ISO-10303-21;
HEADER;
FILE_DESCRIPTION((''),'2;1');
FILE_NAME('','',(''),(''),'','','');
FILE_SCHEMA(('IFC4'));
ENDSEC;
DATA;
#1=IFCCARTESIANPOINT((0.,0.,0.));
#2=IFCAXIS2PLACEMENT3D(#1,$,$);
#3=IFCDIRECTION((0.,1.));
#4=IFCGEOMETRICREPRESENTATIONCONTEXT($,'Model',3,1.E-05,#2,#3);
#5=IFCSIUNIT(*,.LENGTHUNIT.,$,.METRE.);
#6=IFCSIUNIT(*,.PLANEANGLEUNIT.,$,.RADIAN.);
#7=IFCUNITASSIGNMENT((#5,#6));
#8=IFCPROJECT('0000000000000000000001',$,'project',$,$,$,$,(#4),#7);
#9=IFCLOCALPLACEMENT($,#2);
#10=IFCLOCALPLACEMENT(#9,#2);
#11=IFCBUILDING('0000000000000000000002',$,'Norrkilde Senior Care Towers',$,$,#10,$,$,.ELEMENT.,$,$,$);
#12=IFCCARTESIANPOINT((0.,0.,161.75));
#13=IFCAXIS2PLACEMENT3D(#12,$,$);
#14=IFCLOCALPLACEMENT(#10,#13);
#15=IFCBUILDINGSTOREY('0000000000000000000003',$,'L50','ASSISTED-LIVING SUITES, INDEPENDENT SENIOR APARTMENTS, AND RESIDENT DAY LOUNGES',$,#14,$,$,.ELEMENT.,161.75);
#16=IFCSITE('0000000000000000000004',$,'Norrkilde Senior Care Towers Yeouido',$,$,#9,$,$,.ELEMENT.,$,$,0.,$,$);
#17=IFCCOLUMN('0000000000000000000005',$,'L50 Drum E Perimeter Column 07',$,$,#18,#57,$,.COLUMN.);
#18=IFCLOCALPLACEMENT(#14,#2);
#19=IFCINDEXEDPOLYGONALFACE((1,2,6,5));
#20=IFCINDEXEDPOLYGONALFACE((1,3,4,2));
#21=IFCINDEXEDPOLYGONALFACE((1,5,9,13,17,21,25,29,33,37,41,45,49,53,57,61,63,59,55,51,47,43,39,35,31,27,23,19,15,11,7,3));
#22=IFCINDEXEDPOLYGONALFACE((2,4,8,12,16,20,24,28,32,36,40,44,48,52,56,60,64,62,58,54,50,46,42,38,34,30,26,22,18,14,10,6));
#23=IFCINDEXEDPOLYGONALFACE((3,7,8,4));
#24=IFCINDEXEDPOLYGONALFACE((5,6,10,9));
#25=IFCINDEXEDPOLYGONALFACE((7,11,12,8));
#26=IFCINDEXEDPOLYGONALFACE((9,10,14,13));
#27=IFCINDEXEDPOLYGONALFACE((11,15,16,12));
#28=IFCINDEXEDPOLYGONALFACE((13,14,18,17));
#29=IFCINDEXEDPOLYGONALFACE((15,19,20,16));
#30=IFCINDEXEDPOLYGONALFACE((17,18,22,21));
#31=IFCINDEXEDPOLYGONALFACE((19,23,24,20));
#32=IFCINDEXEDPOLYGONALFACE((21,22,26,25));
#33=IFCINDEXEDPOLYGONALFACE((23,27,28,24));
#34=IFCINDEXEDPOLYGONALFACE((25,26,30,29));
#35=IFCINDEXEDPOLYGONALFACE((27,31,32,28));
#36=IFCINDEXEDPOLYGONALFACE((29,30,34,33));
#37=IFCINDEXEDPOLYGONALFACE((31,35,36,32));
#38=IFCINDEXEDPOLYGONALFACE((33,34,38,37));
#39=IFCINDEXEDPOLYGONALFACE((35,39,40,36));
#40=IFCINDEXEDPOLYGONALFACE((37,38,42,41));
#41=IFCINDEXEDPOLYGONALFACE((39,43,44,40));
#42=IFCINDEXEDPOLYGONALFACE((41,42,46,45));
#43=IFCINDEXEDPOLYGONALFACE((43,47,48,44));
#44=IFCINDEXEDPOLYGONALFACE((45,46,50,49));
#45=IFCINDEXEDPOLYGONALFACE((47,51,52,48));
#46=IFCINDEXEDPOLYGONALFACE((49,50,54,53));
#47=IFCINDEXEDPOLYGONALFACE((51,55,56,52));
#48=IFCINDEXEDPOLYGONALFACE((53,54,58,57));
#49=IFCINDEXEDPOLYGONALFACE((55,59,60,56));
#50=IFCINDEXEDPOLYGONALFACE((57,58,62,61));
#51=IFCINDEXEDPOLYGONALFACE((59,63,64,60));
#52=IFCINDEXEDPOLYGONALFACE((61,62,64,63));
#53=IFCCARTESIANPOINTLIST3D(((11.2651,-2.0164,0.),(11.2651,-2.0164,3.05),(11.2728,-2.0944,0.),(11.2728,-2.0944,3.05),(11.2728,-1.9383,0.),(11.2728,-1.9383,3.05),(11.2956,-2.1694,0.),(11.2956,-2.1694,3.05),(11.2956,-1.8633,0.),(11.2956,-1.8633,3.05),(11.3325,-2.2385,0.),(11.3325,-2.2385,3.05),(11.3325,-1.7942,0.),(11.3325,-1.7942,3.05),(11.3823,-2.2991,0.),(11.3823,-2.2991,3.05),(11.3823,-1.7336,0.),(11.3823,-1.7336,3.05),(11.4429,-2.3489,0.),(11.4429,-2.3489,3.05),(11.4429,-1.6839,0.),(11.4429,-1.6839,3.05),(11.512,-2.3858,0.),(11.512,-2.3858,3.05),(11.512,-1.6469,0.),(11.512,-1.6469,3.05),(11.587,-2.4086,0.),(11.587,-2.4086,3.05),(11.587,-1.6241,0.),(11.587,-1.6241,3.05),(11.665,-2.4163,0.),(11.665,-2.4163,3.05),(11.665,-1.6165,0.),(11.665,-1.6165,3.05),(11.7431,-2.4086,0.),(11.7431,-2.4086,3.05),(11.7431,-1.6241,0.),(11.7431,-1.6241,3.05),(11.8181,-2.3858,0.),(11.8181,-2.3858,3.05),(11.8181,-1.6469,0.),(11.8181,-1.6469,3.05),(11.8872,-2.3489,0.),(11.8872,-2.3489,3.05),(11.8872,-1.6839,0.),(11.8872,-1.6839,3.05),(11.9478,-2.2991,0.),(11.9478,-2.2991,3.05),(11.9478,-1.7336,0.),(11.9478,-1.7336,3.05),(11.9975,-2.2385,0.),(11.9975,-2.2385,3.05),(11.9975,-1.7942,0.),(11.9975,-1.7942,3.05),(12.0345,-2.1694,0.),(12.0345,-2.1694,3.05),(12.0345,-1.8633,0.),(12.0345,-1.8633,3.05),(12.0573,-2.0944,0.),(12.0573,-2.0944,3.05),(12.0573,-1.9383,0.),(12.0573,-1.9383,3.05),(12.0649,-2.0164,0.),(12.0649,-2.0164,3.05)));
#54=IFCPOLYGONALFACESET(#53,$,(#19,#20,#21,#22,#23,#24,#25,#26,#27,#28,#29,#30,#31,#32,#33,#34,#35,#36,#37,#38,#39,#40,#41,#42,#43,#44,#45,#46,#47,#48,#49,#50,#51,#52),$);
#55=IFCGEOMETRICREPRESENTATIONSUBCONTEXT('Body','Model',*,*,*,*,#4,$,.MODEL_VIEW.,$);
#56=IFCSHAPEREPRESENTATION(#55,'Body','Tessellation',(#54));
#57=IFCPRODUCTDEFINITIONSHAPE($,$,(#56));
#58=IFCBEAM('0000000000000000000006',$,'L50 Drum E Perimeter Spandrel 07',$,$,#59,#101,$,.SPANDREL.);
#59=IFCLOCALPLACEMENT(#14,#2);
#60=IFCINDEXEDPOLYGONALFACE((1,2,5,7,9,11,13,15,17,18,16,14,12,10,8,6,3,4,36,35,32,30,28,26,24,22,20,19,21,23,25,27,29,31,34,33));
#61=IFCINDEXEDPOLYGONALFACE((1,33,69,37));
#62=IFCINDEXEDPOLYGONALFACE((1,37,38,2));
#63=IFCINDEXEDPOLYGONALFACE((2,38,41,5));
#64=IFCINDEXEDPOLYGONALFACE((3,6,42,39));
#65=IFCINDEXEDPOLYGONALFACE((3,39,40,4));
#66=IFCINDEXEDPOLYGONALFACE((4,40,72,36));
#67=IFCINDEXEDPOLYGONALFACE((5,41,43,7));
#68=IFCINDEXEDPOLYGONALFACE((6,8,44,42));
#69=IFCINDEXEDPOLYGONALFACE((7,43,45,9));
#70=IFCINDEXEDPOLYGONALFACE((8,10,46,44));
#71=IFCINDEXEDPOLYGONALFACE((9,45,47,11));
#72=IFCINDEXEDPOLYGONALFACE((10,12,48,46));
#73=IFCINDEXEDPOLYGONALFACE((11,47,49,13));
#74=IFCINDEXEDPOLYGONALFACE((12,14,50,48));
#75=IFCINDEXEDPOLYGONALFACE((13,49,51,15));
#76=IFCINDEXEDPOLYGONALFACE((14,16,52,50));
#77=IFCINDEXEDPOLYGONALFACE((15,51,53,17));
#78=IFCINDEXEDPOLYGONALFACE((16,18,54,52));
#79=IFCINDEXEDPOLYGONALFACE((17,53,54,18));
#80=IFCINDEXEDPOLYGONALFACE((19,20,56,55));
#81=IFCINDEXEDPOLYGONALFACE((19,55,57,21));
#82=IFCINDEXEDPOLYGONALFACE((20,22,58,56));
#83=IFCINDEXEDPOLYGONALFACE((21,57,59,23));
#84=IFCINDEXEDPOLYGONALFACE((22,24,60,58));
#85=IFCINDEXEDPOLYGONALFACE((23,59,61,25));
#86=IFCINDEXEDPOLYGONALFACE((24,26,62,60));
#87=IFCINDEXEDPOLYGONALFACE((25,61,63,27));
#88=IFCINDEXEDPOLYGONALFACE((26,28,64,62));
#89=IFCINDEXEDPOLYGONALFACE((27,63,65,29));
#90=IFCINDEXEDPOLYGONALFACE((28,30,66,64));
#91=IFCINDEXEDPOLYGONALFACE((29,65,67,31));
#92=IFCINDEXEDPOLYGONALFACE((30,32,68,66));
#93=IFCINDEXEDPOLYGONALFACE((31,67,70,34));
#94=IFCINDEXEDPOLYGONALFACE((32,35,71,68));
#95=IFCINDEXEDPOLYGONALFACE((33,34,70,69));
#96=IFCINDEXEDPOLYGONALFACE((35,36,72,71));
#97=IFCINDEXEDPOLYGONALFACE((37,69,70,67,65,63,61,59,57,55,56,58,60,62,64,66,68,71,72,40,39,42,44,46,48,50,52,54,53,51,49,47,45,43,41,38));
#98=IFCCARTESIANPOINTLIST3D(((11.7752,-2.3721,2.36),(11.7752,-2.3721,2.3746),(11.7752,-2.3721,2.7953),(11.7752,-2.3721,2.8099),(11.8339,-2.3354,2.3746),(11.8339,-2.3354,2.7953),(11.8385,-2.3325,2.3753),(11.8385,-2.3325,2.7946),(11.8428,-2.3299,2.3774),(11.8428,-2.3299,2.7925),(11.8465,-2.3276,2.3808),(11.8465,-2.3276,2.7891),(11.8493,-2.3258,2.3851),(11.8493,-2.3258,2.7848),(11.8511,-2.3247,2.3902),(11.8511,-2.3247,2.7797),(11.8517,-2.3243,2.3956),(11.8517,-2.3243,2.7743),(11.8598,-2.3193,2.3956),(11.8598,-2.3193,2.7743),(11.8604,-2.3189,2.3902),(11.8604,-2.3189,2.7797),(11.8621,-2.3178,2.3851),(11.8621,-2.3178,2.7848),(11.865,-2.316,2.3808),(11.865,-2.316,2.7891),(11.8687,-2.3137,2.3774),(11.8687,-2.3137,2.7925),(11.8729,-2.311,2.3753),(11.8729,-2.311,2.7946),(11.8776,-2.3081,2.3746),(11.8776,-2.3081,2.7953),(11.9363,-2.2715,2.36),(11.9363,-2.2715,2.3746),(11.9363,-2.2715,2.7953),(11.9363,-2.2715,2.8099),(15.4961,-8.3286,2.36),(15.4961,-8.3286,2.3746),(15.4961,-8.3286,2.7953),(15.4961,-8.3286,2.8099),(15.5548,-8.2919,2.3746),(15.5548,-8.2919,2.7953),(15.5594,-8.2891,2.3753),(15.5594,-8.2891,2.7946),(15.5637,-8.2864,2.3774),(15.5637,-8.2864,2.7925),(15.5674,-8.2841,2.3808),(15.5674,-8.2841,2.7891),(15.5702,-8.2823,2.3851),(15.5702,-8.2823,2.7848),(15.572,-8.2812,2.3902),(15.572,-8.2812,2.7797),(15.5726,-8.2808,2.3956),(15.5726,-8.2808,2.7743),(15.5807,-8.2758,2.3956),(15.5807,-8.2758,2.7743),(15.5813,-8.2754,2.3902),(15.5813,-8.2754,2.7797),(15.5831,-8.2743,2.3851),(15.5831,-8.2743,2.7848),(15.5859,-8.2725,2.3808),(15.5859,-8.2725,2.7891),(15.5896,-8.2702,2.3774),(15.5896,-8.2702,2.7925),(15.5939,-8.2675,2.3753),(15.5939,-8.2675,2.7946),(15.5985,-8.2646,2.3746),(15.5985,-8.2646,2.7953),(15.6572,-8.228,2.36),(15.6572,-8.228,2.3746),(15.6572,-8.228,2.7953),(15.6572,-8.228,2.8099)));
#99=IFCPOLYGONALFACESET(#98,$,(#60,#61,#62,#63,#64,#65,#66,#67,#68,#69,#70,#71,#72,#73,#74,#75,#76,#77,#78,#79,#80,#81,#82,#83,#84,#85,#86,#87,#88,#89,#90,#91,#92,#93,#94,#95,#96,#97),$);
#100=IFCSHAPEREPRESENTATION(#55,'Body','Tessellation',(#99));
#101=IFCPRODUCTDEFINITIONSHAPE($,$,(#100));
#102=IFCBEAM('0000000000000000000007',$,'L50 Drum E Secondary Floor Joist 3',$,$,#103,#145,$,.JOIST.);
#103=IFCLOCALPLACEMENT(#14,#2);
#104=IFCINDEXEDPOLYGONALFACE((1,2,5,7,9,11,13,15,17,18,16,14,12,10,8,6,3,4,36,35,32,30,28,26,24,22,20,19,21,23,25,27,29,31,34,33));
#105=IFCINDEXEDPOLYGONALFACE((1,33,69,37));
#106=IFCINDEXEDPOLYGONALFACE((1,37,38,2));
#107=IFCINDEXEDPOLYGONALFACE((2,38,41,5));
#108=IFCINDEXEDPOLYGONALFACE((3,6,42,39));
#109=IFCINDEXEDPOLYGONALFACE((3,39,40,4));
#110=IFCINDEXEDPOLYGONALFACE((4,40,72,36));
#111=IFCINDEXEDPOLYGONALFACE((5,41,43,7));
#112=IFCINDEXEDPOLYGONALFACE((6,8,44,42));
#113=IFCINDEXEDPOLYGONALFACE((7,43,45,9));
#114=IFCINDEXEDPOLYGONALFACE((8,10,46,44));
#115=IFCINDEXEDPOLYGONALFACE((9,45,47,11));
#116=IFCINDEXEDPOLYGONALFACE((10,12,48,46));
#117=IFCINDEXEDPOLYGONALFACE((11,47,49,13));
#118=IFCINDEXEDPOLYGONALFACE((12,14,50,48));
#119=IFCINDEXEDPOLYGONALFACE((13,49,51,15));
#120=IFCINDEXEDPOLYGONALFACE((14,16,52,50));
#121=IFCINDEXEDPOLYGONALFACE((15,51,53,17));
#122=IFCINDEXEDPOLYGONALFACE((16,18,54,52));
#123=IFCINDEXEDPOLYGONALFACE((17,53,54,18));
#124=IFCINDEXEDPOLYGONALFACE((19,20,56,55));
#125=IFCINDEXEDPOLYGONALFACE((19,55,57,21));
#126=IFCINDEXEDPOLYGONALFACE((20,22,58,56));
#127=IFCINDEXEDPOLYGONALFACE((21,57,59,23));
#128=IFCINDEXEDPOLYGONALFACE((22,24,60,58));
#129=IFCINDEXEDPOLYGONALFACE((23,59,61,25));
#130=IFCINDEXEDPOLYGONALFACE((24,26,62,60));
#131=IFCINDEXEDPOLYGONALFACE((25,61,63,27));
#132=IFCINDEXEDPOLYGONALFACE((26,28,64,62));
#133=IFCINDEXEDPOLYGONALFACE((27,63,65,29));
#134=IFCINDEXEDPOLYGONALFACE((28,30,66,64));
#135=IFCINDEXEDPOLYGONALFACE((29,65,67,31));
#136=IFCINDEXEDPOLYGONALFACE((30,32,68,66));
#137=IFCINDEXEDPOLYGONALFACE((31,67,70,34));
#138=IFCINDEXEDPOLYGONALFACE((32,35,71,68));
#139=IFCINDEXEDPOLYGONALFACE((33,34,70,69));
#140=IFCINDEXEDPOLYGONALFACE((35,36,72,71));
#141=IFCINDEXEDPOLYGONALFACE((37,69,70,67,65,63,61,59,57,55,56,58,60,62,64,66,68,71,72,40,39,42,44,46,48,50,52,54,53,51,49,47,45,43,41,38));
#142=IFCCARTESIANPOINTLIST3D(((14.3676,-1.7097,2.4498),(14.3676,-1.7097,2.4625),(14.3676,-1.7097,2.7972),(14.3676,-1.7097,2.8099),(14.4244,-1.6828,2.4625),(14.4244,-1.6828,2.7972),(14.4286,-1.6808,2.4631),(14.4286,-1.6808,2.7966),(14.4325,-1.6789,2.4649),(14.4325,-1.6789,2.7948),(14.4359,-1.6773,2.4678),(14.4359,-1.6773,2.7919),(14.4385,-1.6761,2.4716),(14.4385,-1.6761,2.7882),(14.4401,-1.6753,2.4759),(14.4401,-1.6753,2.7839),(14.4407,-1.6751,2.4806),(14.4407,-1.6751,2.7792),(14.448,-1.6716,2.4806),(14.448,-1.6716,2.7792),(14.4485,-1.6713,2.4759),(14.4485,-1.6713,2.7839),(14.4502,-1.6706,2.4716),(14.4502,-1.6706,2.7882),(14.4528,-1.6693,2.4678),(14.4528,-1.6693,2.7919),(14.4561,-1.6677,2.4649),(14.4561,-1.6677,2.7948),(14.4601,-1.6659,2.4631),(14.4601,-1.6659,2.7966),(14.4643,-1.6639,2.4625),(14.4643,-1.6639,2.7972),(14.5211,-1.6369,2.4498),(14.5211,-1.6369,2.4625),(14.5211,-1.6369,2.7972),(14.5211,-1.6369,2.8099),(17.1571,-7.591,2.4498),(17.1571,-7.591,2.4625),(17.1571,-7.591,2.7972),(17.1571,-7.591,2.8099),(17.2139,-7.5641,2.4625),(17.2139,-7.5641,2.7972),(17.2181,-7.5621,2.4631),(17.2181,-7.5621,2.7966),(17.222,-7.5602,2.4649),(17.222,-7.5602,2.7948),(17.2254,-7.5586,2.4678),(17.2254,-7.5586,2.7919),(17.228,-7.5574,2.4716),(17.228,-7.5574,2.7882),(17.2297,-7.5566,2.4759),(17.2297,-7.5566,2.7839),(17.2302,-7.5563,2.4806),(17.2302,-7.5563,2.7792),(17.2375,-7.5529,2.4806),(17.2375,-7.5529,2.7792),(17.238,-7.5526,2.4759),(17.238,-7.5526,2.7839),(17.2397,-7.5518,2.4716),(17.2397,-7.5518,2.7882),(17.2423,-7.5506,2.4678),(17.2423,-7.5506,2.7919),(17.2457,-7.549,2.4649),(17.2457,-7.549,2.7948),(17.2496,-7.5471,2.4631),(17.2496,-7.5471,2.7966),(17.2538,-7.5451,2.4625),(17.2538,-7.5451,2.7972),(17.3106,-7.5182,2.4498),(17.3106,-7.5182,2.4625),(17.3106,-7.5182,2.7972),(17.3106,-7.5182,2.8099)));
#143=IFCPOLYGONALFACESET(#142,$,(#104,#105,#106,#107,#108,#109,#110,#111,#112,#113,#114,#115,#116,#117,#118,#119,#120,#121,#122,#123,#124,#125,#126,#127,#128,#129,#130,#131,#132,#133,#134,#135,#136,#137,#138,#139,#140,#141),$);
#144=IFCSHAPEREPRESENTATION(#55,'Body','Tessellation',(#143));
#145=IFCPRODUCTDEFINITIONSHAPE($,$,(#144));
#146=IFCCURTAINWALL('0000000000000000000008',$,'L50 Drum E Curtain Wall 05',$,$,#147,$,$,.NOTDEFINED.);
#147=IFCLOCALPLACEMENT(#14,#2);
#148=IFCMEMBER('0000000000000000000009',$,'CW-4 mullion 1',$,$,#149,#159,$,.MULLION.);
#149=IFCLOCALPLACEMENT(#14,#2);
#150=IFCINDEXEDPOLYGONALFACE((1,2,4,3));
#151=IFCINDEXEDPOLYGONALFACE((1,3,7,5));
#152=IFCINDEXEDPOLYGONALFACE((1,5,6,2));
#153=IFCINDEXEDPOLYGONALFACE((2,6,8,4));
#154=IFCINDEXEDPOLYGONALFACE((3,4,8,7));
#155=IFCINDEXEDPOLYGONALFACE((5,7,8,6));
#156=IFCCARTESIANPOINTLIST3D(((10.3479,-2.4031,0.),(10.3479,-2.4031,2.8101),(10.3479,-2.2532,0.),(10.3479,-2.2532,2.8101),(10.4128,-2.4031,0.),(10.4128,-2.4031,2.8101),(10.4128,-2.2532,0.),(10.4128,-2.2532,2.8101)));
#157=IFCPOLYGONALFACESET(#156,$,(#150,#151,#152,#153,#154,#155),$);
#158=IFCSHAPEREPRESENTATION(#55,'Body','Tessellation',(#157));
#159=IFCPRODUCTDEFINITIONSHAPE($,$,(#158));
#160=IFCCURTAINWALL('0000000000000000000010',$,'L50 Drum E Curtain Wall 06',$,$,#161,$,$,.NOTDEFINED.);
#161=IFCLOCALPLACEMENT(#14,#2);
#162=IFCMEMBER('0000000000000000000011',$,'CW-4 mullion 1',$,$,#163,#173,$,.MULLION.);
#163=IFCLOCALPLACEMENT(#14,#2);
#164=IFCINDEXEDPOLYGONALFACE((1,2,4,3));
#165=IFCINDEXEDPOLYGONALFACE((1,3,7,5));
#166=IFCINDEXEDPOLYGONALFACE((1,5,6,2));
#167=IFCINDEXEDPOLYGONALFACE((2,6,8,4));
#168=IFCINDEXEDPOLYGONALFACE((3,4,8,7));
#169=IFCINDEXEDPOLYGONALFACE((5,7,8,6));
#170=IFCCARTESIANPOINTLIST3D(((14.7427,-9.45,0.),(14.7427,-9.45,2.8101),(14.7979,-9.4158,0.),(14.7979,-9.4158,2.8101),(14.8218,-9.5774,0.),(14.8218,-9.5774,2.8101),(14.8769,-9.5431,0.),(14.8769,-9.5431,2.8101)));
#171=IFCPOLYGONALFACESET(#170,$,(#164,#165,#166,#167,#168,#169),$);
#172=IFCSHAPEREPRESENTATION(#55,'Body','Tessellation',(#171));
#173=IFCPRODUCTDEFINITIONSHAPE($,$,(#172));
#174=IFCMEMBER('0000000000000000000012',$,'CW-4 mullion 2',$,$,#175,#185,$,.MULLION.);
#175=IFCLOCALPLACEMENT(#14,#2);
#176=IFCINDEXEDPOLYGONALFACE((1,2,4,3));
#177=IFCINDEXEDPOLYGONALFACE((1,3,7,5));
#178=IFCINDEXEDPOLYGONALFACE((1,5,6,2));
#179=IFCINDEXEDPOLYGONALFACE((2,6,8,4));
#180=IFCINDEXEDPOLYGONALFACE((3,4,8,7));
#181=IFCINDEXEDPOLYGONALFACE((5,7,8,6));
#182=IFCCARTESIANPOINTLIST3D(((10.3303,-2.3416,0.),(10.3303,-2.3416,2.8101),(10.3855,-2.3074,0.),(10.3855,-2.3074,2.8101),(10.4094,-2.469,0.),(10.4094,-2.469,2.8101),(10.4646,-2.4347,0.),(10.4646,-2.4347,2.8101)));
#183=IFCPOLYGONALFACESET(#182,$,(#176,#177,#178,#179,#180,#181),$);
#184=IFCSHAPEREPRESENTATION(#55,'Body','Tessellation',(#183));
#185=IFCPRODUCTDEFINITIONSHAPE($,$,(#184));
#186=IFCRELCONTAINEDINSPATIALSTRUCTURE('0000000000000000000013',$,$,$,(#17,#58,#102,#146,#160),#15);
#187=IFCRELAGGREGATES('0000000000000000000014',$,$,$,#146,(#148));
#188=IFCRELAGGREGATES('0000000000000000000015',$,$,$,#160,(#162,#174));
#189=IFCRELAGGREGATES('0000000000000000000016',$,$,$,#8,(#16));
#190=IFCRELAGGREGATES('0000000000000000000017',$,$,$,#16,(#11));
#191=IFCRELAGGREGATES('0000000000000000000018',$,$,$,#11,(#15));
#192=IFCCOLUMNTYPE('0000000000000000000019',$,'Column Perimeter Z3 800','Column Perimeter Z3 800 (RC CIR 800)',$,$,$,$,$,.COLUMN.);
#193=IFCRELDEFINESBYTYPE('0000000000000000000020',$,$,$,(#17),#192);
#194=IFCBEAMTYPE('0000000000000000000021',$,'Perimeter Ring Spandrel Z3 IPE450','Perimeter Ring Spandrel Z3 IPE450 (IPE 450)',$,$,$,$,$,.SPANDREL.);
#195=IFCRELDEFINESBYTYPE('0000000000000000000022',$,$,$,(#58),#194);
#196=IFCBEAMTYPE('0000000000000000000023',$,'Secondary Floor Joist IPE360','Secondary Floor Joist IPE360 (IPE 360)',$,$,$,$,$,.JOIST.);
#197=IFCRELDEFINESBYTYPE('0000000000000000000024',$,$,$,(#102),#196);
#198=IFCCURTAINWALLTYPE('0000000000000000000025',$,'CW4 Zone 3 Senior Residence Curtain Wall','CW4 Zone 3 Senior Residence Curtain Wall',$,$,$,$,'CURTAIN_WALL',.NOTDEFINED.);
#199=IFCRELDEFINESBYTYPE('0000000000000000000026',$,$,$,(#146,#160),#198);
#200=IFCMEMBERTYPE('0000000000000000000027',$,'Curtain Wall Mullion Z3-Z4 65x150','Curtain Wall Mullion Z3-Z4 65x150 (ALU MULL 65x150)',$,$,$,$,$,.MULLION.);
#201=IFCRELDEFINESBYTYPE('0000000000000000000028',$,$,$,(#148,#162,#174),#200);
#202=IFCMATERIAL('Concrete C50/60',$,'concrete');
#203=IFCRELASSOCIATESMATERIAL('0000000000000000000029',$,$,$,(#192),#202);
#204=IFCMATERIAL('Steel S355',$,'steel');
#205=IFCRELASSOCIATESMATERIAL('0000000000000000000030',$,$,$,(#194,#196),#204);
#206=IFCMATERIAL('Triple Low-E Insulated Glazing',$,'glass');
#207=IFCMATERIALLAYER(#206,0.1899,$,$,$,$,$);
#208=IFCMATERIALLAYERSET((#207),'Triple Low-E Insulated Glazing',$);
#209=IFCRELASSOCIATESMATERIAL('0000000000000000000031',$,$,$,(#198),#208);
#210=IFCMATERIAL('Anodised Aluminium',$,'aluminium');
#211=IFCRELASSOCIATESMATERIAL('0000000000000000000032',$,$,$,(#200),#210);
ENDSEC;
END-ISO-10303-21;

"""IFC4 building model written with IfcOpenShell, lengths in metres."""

from ifc_helpers import new_model, si_unit, direction, frame, origin, origin_2d, place, context, subcontext, project, spatial, rectangle, circle, i_section, extrude, source, transform, mapped, material, layer, layer_set, material_profile, profile_set, type_object, type_shapes, element, aggregate, save


model = new_model("IFC4")

# Units and contexts
model_context = context("Model", 3, precision=1e-05, world=origin(), true_north=direction((0.0, 1.0)))
body_context = subcontext(model_context, "Body", "Model", "MODEL_VIEW")
ifc_project = project(units=[si_unit("LENGTHUNIT", "METRE"), si_unit("PLANEANGLEUNIT", "RADIAN")], contexts=[model_context])

# Site, building, storey
site_placement = place(None, origin())
site = spatial("IfcSite", under=ifc_project, at=site_placement, Name="Norrkilde Senior Care Towers Yeouido", CompositionType="ELEMENT", RefElevation=0.0)
building_placement = place(site_placement, origin())
building = spatial("IfcBuilding", under=site, at=building_placement, Name="Norrkilde Senior Care Towers", CompositionType="ELEMENT")
storey_placement = place(building_placement, frame((0.0, 0.0, 161.75)))
storey = spatial("IfcBuildingStorey", under=building, at=storey_placement, Name="L50", Description="ASSISTED-LIVING SUITES, INDEPENDENT SENIOR APARTMENTS, AND RESIDENT DAY LOUNGES", CompositionType="ELEMENT", Elevation=161.75)

# Column
ifc_material_1 = material(Name="Concrete C50/60", Category="concrete")
ifc_material_profile_1 = material_profile(ifc_material_1, circle(Radius=0.3999, at=origin_2d()), Name="RC CIR 800")
ifc_profile_set_1 = profile_set([ifc_material_profile_1], Name="Concrete C50/60")
column_type = type_object("IfcColumnType", Name="Column Perimeter Z3 800", Description="Column Perimeter Z3 800 (RC CIR 800)", PredefinedType="COLUMN", material=ifc_profile_set_1)
shared_shape_1 = source(origin(), body_context, "Body", "SweptSolid", [
    extrude(circle(Radius=0.3999, at=origin_2d()), origin(), (0.0, 0.0, 1.0), 3.05),
])
type_shapes(column_type, [shared_shape_1])
column_placement = place(storey_placement, frame((11.665, -2.0164, 0.0), z_axis=(0.0, 0.0, 1.0), x_axis=(1.0, 0.0, 0.0)))
element("IfcColumn", 1, at=column_placement, inside=storey, type_object=column_type, Name="L50 Drum E Perimeter Column 07", PredefinedType="COLUMN", context=body_context, shape_type="MappedRepresentation", body=[
    mapped(shared_shape_1, transform((0.0, 0.0, 0.0), x_axis=(1.0, 0.0, 0.0), y_axis=(0.0, 1.0, 0.0), z_axis=(0.0, 0.0, 1.0), scale=1.0)),
])

# Beams
ifc_material_2 = material(Name="Steel S355", Category="steel")
ifc_material_profile_2 = material_profile(ifc_material_2, i_section(OverallWidth=0.1899, OverallDepth=0.45, WebThickness=0.0095, FlangeThickness=0.0146, FilletRadius=0.021, at=origin_2d()), Name="IPE 450")
ifc_profile_set_2 = profile_set([ifc_material_profile_2], Name="Steel S355")
beam_type_1 = type_object("IfcBeamType", Name="Perimeter Ring Spandrel Z3 IPE450", Description="Perimeter Ring Spandrel Z3 IPE450 (IPE 450)", PredefinedType="SPANDREL", material=ifc_profile_set_2)
shared_shape_2 = source(origin(), body_context, "Body", "SweptSolid", [
    extrude(i_section(OverallWidth=0.1899, OverallDepth=0.45, WebThickness=0.0095, FlangeThickness=0.0146, FilletRadius=0.021, at=origin_2d()), origin(), (0.0, 0.0, 1.0), 7.0232),
])
type_shapes(beam_type_1, [shared_shape_2])
beam_1_placement = place(storey_placement, frame((11.8557, -2.3218, 2.585), z_axis=(0.529805, -0.848119, 0.0), x_axis=(0.848119, 0.529805, 0.0)))
element("IfcBeam", 2, at=beam_1_placement, inside=storey, type_object=beam_type_1, Name="L50 Drum E Perimeter Spandrel 07", PredefinedType="SPANDREL", context=body_context, shape_type="MappedRepresentation", body=[
    mapped(shared_shape_2, transform((0.0, 0.0, 0.0), x_axis=(1.0, 0.0, 0.0), y_axis=(0.0, 1.0, 0.0), z_axis=(0.0, 0.0, 1.0), scale=1.0)),
])
ifc_material_profile_3 = material_profile(ifc_material_2, i_section(OverallWidth=0.1699, OverallDepth=0.3601, WebThickness=0.0081, FlangeThickness=0.0127, FilletRadius=0.0181, at=origin_2d()), Name="IPE 360")
ifc_profile_set_3 = profile_set([ifc_material_profile_3], Name="Steel S355")
beam_type_2 = type_object("IfcBeamType", Name="Secondary Floor Joist IPE360", Description="Secondary Floor Joist IPE360 (IPE 360)", PredefinedType="JOIST", material=ifc_profile_set_3)
shared_shape_3 = source(origin(), body_context, "Body", "SweptSolid", [
    extrude(i_section(OverallWidth=0.1699, OverallDepth=0.3601, WebThickness=0.0081, FlangeThickness=0.0127, FilletRadius=0.0181, at=origin_2d()), origin(), (0.0, 0.0, 1.0), 6.5093),
])
type_shapes(beam_type_2, [shared_shape_3])
beam_2_placement = place(storey_placement, frame((14.4443, -1.6733, 2.6299), z_axis=(0.428544, -0.903521, 0.0), x_axis=(0.903521, 0.428544, 0.0)))
element("IfcBeam", 3, at=beam_2_placement, inside=storey, type_object=beam_type_2, Name="L50 Drum E Secondary Floor Joist 3", PredefinedType="JOIST", context=body_context, shape_type="MappedRepresentation", body=[
    mapped(shared_shape_3, transform((0.0, 0.0, 0.0), x_axis=(1.0, 0.0, 0.0), y_axis=(0.0, 1.0, 0.0), z_axis=(0.0, 0.0, 1.0), scale=1.0)),
])

# Curtain wall, member
ifc_material_3 = material(Name="Triple Low-E Insulated Glazing", Category="glass")
ifc_layer_1 = layer(ifc_material_3, 0.1899)
ifc_layer_set_1 = layer_set([ifc_layer_1], Name="Triple Low-E Insulated Glazing")
curtain_wall_type = type_object("IfcCurtainWallType", Name="CW4 Zone 3 Senior Residence Curtain Wall", Description="CW4 Zone 3 Senior Residence Curtain Wall", ElementType="CURTAIN_WALL", PredefinedType="NOTDEFINED", material=ifc_layer_set_1)
curtain_wall_1_placement = place(storey_placement, origin())
curtain_wall_1 = element("IfcCurtainWall", 4, at=curtain_wall_1_placement, inside=storey, type_object=curtain_wall_type, Name="L50 Drum E Curtain Wall 05", PredefinedType="NOTDEFINED")
ifc_material_4 = material(Name="Anodised Aluminium", Category="aluminium")
ifc_material_profile_4 = material_profile(ifc_material_4, rectangle(XDim=0.0649, YDim=0.1499, at=origin_2d()), Name="ALU MULL 65x150")
ifc_profile_set_4 = profile_set([ifc_material_profile_4], Name="Anodised Aluminium")
member_type_1 = type_object("IfcMemberType", Name="Curtain Wall Mullion Z3-Z4 65x150", Description="Curtain Wall Mullion Z3-Z4 65x150 (ALU MULL 65x150)", PredefinedType="MULLION", material=ifc_profile_set_4)
shared_shape_4 = source(origin(), body_context, "Body", "SweptSolid", [
    extrude(rectangle(XDim=0.0649, YDim=0.1499, at=origin_2d()), origin(), (0.0, 0.0, 1.0), 2.8101),
])
type_shapes(member_type_1, [shared_shape_4])
member_1_placement = place(storey_placement, frame((10.3804, -2.3281, 0.0), z_axis=(0.0, 0.0, 1.0), x_axis=(-1.0, 0.0, 0.0)))
member_1 = element("IfcMember", 5, at=member_1_placement, type_object=member_type_1, Name="CW-4 mullion 1", PredefinedType="MULLION", context=body_context, shape_type="MappedRepresentation", body=[
    mapped(shared_shape_4, transform((0.0, 0.0, 0.0), x_axis=(1.0, 0.0, 0.0), y_axis=(0.0, 1.0, 0.0), z_axis=(0.0, 0.0, 1.0), scale=1.0)),
])

# Curtain wall, members
curtain_wall_2_placement = place(storey_placement, origin())
curtain_wall_2 = element("IfcCurtainWall", 6, at=curtain_wall_2_placement, inside=storey, type_object=curtain_wall_type, Name="L50 Drum E Curtain Wall 06", PredefinedType="NOTDEFINED")
member_2_placement = place(storey_placement, frame((14.8098, -9.4966, 0.0), z_axis=(0.0, 0.0, 1.0), x_axis=(-0.849634, -0.527373, 0.0)))
member_2 = element("IfcMember", 7, at=member_2_placement, type_object=member_type_1, Name="CW-4 mullion 1", PredefinedType="MULLION", context=body_context, shape_type="MappedRepresentation", body=[
    mapped(shared_shape_4, transform((0.0, 0.0, 0.0), x_axis=(1.0, 0.0, 0.0), y_axis=(0.0, 1.0, 0.0), z_axis=(0.0, 0.0, 1.0), scale=1.0)),
])
member_3_placement = place(storey_placement, frame((10.3975, -2.3882, 0.0), z_axis=(0.0, 0.0, 1.0), x_axis=(-0.849634, -0.527373, 0.0)))
member_3 = element("IfcMember", 8, at=member_3_placement, type_object=member_type_1, Name="CW-4 mullion 2", PredefinedType="MULLION", context=body_context, shape_type="MappedRepresentation", body=[
    mapped(shared_shape_4, transform((0.0, 0.0, 0.0), x_axis=(1.0, 0.0, 0.0), y_axis=(0.0, 1.0, 0.0), z_axis=(0.0, 0.0, 1.0), scale=1.0)),
])

aggregate(curtain_wall_1, [member_1])

aggregate(curtain_wall_2, [member_2, member_3])

save(model, "model.ifc")
